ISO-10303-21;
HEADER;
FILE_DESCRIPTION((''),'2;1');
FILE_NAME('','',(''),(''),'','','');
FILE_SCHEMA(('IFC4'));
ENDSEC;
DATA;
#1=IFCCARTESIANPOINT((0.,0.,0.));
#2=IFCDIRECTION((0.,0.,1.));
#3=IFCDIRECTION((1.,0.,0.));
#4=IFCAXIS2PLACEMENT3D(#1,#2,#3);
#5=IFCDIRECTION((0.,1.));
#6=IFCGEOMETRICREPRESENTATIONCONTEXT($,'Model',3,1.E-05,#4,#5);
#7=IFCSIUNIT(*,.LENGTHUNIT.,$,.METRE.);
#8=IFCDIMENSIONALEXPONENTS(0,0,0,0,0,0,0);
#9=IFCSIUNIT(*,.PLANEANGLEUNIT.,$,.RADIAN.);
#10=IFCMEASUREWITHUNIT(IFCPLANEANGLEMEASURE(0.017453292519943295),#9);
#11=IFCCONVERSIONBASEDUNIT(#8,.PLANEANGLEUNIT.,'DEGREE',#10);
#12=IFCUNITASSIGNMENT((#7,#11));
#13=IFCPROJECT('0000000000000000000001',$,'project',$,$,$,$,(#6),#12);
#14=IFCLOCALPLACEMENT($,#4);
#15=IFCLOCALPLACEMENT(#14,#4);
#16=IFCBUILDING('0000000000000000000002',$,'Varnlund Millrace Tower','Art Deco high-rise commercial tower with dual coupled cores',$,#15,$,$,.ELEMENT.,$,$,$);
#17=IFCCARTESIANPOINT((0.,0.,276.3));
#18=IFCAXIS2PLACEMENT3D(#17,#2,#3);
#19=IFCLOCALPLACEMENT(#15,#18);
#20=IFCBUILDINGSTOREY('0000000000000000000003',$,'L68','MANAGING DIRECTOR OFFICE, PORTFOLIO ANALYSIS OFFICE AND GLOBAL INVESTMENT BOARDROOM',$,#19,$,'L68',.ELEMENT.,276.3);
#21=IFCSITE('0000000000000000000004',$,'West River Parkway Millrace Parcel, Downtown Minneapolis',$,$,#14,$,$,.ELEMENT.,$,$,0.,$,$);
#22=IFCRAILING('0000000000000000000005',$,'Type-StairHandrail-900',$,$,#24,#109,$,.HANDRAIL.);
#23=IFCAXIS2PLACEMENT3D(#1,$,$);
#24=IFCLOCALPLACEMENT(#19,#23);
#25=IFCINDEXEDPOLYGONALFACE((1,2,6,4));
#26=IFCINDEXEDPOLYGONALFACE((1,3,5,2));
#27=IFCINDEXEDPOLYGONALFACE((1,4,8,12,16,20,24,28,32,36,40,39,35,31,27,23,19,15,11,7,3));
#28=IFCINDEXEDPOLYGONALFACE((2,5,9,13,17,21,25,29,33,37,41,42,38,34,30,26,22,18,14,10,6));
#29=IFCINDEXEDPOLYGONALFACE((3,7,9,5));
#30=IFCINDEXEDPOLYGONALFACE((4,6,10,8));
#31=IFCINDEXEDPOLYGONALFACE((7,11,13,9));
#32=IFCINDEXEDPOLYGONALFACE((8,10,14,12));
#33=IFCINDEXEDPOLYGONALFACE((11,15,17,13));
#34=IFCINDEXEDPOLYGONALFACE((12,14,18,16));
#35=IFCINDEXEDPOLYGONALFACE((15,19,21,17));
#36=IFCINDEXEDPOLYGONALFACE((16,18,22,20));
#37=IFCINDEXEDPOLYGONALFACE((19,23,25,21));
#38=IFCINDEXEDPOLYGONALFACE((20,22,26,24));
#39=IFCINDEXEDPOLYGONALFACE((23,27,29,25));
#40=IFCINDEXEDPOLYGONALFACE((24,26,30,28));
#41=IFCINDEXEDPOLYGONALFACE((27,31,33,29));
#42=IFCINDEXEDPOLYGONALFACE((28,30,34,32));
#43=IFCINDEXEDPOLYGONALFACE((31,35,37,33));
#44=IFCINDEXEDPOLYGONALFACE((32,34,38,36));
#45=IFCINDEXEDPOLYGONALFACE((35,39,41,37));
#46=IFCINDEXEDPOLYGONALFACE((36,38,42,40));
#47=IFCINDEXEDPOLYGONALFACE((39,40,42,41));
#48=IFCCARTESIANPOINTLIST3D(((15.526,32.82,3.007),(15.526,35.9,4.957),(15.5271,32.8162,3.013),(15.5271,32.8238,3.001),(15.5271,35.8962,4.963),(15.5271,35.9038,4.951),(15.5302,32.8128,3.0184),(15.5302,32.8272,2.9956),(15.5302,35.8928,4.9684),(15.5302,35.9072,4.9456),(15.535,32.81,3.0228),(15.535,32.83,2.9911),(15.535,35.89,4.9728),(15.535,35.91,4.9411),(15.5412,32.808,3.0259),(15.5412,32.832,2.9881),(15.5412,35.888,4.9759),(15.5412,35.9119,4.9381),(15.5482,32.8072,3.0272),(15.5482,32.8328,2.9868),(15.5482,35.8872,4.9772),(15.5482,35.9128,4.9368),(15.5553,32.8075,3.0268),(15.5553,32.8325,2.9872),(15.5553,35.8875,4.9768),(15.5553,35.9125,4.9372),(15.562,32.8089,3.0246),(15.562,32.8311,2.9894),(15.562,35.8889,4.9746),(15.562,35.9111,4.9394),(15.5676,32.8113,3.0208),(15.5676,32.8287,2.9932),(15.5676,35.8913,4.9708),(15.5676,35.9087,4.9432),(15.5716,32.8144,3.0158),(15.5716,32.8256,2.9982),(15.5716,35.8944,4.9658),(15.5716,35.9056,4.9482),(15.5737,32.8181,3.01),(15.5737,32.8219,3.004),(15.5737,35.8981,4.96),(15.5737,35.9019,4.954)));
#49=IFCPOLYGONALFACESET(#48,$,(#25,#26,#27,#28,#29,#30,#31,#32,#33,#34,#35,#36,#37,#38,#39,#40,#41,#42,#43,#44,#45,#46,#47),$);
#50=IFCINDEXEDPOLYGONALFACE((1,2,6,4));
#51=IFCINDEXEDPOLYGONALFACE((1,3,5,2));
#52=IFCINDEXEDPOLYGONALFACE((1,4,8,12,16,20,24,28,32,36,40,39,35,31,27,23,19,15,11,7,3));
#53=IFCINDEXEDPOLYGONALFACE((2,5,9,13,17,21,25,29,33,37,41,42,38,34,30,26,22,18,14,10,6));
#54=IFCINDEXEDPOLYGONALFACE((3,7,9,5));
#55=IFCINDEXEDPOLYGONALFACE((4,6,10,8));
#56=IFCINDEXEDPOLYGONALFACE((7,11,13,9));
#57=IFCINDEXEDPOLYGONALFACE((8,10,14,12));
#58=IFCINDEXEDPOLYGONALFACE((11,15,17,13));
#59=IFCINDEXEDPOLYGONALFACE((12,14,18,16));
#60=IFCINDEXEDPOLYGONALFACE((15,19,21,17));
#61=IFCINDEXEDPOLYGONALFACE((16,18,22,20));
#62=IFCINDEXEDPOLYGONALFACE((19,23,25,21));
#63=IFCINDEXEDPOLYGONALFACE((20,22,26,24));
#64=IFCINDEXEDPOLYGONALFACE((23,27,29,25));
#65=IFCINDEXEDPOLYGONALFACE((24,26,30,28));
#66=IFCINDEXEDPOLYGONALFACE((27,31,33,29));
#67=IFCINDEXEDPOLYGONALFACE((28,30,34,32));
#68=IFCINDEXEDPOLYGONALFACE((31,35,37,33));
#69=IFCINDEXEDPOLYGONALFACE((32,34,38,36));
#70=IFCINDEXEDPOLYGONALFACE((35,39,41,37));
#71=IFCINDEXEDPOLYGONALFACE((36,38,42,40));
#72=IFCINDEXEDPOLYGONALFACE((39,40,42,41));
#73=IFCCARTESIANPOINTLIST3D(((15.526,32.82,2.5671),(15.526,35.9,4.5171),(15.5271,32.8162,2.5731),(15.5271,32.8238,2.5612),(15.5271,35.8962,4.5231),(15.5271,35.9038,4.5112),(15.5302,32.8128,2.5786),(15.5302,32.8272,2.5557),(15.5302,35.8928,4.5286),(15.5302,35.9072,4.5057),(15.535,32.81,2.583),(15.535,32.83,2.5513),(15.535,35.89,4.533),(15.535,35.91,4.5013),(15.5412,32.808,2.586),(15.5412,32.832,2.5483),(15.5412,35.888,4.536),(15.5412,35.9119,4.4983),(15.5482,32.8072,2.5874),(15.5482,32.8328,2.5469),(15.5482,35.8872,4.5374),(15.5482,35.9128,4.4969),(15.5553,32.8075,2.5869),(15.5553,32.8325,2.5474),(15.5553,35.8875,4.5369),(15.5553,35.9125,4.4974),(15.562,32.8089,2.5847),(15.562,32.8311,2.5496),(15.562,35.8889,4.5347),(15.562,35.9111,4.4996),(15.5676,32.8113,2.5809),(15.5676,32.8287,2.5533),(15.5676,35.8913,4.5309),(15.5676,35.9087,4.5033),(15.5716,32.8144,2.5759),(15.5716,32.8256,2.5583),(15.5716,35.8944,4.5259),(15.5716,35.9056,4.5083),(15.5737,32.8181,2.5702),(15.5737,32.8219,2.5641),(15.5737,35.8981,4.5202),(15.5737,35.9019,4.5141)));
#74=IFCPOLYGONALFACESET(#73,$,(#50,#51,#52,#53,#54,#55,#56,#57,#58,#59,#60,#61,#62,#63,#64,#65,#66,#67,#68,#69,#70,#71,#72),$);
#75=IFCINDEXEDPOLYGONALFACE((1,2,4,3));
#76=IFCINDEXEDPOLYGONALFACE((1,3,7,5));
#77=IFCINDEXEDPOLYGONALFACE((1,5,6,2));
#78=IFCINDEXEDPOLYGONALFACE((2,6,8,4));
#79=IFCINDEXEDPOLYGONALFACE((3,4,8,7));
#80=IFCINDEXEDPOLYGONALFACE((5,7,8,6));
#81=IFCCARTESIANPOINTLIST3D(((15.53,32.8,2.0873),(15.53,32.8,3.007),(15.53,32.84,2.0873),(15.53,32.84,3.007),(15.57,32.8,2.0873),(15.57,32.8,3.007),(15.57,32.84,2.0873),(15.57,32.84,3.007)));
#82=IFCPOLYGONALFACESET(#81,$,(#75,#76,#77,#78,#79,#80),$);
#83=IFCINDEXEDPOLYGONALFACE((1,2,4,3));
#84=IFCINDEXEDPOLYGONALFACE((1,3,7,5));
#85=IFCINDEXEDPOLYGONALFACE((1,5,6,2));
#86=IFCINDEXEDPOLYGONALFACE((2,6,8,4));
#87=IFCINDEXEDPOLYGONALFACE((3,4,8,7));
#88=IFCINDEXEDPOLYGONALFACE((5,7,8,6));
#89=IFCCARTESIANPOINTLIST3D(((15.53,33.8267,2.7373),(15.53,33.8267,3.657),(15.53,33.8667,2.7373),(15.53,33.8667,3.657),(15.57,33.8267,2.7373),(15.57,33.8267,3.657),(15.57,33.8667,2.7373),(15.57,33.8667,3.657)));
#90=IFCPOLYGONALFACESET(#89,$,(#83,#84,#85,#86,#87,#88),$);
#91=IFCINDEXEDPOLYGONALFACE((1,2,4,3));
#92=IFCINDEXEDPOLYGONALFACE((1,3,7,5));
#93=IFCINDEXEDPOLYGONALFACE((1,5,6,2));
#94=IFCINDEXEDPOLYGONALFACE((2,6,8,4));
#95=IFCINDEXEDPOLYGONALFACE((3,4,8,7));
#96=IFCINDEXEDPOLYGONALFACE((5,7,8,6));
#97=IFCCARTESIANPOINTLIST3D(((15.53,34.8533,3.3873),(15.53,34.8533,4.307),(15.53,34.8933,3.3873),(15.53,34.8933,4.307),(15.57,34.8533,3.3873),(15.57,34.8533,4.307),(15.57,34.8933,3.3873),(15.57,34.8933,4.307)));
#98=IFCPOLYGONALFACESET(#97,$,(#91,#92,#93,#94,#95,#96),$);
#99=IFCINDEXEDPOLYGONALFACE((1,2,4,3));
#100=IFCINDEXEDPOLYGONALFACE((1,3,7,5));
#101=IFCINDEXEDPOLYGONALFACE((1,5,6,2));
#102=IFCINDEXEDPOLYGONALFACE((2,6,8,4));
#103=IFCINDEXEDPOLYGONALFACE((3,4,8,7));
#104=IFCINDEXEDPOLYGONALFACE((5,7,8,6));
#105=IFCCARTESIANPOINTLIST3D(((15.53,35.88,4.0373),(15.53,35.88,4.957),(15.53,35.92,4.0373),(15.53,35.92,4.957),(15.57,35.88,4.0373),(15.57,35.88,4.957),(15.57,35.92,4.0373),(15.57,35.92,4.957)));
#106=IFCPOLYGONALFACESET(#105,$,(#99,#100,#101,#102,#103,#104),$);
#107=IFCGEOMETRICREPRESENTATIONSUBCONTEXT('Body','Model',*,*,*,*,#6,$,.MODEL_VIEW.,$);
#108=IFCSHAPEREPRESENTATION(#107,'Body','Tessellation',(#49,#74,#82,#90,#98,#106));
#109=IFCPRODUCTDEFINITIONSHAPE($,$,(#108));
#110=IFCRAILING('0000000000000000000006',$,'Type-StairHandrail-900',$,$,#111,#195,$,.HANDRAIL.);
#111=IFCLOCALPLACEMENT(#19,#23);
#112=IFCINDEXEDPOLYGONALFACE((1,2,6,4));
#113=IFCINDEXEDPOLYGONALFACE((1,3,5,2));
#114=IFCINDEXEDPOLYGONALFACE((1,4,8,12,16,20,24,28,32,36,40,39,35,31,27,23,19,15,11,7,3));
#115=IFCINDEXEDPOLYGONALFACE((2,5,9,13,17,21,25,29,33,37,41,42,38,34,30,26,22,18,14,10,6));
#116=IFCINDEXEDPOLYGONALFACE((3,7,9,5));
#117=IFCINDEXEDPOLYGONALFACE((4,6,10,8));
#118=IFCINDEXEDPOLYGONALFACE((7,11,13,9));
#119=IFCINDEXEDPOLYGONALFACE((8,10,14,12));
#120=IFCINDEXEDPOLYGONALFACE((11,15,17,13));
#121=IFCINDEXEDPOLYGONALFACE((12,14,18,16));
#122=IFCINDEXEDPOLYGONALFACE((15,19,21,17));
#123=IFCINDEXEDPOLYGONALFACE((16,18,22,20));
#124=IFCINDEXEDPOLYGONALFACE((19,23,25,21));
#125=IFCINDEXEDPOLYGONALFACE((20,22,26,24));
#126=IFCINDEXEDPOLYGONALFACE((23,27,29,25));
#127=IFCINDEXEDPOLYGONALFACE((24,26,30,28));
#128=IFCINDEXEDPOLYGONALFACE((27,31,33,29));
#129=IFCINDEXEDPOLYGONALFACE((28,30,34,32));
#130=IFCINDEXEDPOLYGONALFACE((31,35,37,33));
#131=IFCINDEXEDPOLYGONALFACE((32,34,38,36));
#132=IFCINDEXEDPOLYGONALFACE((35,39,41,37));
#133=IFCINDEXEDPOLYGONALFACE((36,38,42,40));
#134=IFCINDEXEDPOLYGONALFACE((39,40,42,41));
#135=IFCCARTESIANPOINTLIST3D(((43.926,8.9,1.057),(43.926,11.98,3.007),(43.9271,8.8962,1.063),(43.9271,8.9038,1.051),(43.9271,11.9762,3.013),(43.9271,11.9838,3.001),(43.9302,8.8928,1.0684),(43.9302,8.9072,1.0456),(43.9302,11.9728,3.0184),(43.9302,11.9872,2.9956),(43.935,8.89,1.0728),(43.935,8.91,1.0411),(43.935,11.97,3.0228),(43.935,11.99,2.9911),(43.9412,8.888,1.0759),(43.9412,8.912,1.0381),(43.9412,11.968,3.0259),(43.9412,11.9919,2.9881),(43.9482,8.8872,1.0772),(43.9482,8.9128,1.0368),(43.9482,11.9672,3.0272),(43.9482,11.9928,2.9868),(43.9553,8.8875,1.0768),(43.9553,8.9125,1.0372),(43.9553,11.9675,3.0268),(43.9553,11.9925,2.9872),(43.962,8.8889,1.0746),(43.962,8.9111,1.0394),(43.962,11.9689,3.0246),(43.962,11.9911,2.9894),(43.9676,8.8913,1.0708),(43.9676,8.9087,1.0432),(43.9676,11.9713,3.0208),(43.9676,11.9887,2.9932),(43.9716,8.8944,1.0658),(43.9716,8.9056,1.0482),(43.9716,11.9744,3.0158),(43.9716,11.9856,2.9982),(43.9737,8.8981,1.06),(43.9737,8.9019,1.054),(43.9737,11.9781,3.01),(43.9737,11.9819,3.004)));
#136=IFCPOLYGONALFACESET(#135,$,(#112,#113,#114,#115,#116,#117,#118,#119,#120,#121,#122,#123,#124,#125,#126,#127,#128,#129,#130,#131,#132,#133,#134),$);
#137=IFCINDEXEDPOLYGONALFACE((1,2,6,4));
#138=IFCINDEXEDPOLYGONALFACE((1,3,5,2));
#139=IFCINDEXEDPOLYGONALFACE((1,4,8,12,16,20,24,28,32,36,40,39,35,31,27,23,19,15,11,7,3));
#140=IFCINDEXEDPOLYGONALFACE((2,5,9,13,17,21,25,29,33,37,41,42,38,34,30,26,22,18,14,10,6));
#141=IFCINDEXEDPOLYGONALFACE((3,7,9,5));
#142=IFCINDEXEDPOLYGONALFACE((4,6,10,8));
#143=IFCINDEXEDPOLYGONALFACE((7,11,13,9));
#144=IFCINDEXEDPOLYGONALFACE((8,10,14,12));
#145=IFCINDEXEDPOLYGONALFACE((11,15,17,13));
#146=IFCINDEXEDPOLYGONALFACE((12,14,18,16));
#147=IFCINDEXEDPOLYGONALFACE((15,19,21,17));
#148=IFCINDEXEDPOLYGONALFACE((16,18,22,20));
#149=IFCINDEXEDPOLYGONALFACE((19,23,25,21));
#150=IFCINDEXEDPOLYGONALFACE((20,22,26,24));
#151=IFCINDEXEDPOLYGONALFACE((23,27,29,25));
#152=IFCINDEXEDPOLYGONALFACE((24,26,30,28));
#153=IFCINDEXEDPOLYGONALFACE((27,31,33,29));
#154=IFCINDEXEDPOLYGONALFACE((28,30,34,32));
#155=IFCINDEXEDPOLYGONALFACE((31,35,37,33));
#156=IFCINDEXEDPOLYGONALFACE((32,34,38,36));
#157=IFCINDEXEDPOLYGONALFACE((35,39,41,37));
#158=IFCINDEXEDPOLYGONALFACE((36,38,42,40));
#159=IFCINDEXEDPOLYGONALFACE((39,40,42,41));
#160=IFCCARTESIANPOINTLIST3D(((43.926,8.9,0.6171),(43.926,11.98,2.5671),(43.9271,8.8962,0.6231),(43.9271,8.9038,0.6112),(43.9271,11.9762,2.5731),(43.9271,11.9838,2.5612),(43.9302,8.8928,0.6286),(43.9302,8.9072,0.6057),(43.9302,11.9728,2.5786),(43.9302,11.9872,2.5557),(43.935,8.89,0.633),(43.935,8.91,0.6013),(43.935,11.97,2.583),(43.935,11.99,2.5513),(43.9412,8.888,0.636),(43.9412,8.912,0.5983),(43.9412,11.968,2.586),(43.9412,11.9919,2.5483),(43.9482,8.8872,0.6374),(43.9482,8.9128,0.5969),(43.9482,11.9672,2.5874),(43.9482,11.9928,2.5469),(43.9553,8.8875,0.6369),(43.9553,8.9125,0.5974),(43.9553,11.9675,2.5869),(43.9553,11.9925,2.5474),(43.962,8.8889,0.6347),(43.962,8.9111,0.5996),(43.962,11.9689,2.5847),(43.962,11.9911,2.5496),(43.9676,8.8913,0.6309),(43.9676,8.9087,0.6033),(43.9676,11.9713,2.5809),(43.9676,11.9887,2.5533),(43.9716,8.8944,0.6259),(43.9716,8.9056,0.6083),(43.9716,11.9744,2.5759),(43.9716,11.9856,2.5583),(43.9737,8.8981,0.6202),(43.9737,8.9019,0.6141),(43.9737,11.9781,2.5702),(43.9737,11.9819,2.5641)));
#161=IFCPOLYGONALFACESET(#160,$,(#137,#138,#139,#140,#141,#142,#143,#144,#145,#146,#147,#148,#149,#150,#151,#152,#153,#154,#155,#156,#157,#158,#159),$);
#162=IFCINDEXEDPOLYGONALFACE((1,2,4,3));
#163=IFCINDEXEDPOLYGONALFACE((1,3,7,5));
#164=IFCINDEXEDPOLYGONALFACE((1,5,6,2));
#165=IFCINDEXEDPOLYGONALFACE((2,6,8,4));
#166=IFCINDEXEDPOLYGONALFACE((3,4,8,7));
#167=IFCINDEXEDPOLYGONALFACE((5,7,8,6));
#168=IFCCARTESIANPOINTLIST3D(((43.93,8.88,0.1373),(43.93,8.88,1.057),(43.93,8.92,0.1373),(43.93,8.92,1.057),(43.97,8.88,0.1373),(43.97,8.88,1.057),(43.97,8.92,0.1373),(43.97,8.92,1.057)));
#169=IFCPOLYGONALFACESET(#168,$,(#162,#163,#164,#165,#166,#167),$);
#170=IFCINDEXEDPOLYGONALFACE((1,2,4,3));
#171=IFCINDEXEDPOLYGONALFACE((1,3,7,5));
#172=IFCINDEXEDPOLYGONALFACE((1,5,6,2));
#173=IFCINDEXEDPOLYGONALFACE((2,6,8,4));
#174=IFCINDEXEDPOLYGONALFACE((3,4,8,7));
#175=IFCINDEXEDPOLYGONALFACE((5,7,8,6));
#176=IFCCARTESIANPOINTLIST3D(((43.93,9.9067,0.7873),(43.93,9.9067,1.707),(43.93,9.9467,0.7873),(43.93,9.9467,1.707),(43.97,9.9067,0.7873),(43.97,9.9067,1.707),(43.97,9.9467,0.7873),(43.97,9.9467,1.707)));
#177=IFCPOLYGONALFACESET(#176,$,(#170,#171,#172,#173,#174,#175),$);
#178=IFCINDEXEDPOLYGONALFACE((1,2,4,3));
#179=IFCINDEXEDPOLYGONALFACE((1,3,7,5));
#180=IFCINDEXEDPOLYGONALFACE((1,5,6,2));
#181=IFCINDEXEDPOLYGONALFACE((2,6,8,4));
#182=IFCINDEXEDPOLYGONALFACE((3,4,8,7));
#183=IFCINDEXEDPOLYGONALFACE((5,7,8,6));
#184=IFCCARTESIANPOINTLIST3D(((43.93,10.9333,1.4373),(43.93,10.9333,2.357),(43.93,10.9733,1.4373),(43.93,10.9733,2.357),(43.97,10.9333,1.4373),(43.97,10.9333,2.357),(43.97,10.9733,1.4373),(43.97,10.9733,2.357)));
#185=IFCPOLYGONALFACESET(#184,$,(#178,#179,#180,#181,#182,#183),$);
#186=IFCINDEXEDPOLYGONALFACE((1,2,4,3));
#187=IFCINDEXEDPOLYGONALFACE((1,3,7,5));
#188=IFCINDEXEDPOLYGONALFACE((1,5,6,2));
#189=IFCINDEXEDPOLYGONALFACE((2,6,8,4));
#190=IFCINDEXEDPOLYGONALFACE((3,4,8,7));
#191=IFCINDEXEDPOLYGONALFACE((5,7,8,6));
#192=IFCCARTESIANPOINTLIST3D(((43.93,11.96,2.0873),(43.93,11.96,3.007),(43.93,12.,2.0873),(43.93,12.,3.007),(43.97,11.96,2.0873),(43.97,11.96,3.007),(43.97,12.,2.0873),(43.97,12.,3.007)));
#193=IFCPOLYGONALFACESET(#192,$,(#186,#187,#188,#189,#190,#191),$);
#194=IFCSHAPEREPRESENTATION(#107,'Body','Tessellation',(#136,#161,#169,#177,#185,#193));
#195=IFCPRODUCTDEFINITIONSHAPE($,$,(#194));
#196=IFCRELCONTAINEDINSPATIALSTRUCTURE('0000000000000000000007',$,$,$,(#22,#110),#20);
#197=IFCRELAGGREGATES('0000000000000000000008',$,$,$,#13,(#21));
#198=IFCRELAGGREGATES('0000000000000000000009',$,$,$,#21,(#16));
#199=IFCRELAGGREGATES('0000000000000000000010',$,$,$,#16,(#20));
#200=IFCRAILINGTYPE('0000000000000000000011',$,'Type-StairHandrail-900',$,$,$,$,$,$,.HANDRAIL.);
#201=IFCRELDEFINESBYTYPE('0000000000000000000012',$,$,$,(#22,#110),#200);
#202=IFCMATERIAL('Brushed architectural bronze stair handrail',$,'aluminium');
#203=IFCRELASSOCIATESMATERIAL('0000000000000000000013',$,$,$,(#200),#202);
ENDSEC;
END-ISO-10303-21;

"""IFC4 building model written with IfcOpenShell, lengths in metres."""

from ifc_helpers import new_model, entity, si_unit, converted_unit, direction, frame, origin_with_axes, origin_2d_with_axis, place, context, subcontext, project, spatial, rectangle, circle, extrude, material, type_object, element, save


model = new_model("IFC4")

# Units and contexts
model_context = context("Model", 3, precision=1e-05, world=origin_with_axes(), true_north=direction((0.0, 1.0)))
body_context = subcontext(model_context, "Body", "Model", "MODEL_VIEW")
ifc_project = project(units=[si_unit("LENGTHUNIT", "METRE"), converted_unit("PLANEANGLEUNIT", "DEGREE", entity("IfcPlaneAngleMeasure", 0.017453292519943295), si_unit("PLANEANGLEUNIT", "RADIAN"), dimensions=[0, 0, 0, 0, 0, 0, 0])], contexts=[model_context])

# Site, building, storey
site_placement = place(None, origin_with_axes())
site = spatial("IfcSite", under=ifc_project, at=site_placement, Name="West River Parkway Millrace Parcel, Downtown Minneapolis", CompositionType="ELEMENT", RefElevation=0.0)
building_placement = place(site_placement, origin_with_axes())
building = spatial("IfcBuilding", under=site, at=building_placement, Name="Varnlund Millrace Tower", Description="Art Deco high-rise commercial tower with dual coupled cores", CompositionType="ELEMENT")
storey_placement = place(building_placement, frame((0.0, 0.0, 276.3), z_axis=(0.0, 0.0, 1.0), x_axis=(1.0, 0.0, 0.0)))
storey = spatial("IfcBuildingStorey", under=building, at=storey_placement, Name="L68", Description="MANAGING DIRECTOR OFFICE, PORTFOLIO ANALYSIS OFFICE AND GLOBAL INVESTMENT BOARDROOM", LongName="L68", CompositionType="ELEMENT", Elevation=276.3)

# Railings
ifc_material_1 = material(Name="Brushed architectural bronze stair handrail", Category="aluminium")
railing_type_1 = type_object("IfcRailingType", Name="Type-StairHandrail-900", PredefinedType="HANDRAIL", material=ifc_material_1)
railing_1_placement = place(storey_placement, frame((0.0, 0.0, -276.3), z_axis=(0.0, 0.0, 1.0), x_axis=(1.0, 0.0, 0.0)))
element("IfcRailing", 1, at=railing_1_placement, inside=storey, type_object=railing_type_1, Name="Type-StairHandrail-900", PredefinedType="HANDRAIL", context=body_context, shape_type="SweptSolid", body=[
    extrude(circle(Radius=0.024, at=origin_2d_with_axis()), frame((15.55, 32.82, 279.307), z_axis=(0.0, 0.844902, 0.534922), x_axis=(-1.0, 0.0, 0.0)), (0.0, 0.0, 1.0), 3.6454),
    extrude(circle(Radius=0.024, at=origin_2d_with_axis()), frame((15.55, 32.82, 278.8671), z_axis=(0.0, 0.844902, 0.534922), x_axis=(-1.0, 0.0, 0.0)), (0.0, 0.0, 1.0), 3.6454),
    extrude(rectangle(XDim=0.04, YDim=0.04, at=origin_2d_with_axis()), frame((15.55, 32.82, 278.3873), z_axis=(0.0, 0.0, 1.0), x_axis=(1.0, 0.0, 0.0)), (0.0, 0.0, 1.0), 0.9197),
    extrude(rectangle(XDim=0.04, YDim=0.04, at=origin_2d_with_axis()), frame((15.55, 33.8467, 279.0373), z_axis=(0.0, 0.0, 1.0), x_axis=(1.0, 0.0, 0.0)), (0.0, 0.0, 1.0), 0.9197),
    extrude(rectangle(XDim=0.04, YDim=0.04, at=origin_2d_with_axis()), frame((15.55, 34.8733, 279.6873), z_axis=(0.0, 0.0, 1.0), x_axis=(1.0, 0.0, 0.0)), (0.0, 0.0, 1.0), 0.9197),
    extrude(rectangle(XDim=0.04, YDim=0.04, at=origin_2d_with_axis()), frame((15.55, 35.9, 280.3373), z_axis=(0.0, 0.0, 1.0), x_axis=(1.0, 0.0, 0.0)), (0.0, 0.0, 1.0), 0.9197),
])
railing_2_placement = place(storey_placement, frame((0.0, 0.0, -276.3), z_axis=(0.0, 0.0, 1.0), x_axis=(1.0, 0.0, 0.0)))
element("IfcRailing", 2, at=railing_2_placement, inside=storey, type_object=railing_type_1, Name="Type-StairHandrail-900", PredefinedType="HANDRAIL", context=body_context, shape_type="SweptSolid", body=[
    extrude(circle(Radius=0.024, at=origin_2d_with_axis()), frame((43.95, 8.9, 277.357), z_axis=(0.0, 0.844902, 0.534922), x_axis=(-1.0, 0.0, 0.0)), (0.0, 0.0, 1.0), 3.6454),
    extrude(circle(Radius=0.024, at=origin_2d_with_axis()), frame((43.95, 8.9, 276.9171), z_axis=(0.0, 0.844902, 0.534922), x_axis=(-1.0, 0.0, 0.0)), (0.0, 0.0, 1.0), 3.6454),
    extrude(rectangle(XDim=0.04, YDim=0.04, at=origin_2d_with_axis()), frame((43.95, 8.9, 276.4373), z_axis=(0.0, 0.0, 1.0), x_axis=(1.0, 0.0, 0.0)), (0.0, 0.0, 1.0), 0.9197),
    extrude(rectangle(XDim=0.04, YDim=0.04, at=origin_2d_with_axis()), frame((43.95, 9.9267, 277.0873), z_axis=(0.0, 0.0, 1.0), x_axis=(1.0, 0.0, 0.0)), (0.0, 0.0, 1.0), 0.9197),
    extrude(rectangle(XDim=0.04, YDim=0.04, at=origin_2d_with_axis()), frame((43.95, 10.9533, 277.7373), z_axis=(0.0, 0.0, 1.0), x_axis=(1.0, 0.0, 0.0)), (0.0, 0.0, 1.0), 0.9197),
    extrude(rectangle(XDim=0.04, YDim=0.04, at=origin_2d_with_axis()), frame((43.95, 11.98, 278.3873), z_axis=(0.0, 0.0, 1.0), x_axis=(1.0, 0.0, 0.0)), (0.0, 0.0, 1.0), 0.9197),
])

save(model, "model.ifc")
